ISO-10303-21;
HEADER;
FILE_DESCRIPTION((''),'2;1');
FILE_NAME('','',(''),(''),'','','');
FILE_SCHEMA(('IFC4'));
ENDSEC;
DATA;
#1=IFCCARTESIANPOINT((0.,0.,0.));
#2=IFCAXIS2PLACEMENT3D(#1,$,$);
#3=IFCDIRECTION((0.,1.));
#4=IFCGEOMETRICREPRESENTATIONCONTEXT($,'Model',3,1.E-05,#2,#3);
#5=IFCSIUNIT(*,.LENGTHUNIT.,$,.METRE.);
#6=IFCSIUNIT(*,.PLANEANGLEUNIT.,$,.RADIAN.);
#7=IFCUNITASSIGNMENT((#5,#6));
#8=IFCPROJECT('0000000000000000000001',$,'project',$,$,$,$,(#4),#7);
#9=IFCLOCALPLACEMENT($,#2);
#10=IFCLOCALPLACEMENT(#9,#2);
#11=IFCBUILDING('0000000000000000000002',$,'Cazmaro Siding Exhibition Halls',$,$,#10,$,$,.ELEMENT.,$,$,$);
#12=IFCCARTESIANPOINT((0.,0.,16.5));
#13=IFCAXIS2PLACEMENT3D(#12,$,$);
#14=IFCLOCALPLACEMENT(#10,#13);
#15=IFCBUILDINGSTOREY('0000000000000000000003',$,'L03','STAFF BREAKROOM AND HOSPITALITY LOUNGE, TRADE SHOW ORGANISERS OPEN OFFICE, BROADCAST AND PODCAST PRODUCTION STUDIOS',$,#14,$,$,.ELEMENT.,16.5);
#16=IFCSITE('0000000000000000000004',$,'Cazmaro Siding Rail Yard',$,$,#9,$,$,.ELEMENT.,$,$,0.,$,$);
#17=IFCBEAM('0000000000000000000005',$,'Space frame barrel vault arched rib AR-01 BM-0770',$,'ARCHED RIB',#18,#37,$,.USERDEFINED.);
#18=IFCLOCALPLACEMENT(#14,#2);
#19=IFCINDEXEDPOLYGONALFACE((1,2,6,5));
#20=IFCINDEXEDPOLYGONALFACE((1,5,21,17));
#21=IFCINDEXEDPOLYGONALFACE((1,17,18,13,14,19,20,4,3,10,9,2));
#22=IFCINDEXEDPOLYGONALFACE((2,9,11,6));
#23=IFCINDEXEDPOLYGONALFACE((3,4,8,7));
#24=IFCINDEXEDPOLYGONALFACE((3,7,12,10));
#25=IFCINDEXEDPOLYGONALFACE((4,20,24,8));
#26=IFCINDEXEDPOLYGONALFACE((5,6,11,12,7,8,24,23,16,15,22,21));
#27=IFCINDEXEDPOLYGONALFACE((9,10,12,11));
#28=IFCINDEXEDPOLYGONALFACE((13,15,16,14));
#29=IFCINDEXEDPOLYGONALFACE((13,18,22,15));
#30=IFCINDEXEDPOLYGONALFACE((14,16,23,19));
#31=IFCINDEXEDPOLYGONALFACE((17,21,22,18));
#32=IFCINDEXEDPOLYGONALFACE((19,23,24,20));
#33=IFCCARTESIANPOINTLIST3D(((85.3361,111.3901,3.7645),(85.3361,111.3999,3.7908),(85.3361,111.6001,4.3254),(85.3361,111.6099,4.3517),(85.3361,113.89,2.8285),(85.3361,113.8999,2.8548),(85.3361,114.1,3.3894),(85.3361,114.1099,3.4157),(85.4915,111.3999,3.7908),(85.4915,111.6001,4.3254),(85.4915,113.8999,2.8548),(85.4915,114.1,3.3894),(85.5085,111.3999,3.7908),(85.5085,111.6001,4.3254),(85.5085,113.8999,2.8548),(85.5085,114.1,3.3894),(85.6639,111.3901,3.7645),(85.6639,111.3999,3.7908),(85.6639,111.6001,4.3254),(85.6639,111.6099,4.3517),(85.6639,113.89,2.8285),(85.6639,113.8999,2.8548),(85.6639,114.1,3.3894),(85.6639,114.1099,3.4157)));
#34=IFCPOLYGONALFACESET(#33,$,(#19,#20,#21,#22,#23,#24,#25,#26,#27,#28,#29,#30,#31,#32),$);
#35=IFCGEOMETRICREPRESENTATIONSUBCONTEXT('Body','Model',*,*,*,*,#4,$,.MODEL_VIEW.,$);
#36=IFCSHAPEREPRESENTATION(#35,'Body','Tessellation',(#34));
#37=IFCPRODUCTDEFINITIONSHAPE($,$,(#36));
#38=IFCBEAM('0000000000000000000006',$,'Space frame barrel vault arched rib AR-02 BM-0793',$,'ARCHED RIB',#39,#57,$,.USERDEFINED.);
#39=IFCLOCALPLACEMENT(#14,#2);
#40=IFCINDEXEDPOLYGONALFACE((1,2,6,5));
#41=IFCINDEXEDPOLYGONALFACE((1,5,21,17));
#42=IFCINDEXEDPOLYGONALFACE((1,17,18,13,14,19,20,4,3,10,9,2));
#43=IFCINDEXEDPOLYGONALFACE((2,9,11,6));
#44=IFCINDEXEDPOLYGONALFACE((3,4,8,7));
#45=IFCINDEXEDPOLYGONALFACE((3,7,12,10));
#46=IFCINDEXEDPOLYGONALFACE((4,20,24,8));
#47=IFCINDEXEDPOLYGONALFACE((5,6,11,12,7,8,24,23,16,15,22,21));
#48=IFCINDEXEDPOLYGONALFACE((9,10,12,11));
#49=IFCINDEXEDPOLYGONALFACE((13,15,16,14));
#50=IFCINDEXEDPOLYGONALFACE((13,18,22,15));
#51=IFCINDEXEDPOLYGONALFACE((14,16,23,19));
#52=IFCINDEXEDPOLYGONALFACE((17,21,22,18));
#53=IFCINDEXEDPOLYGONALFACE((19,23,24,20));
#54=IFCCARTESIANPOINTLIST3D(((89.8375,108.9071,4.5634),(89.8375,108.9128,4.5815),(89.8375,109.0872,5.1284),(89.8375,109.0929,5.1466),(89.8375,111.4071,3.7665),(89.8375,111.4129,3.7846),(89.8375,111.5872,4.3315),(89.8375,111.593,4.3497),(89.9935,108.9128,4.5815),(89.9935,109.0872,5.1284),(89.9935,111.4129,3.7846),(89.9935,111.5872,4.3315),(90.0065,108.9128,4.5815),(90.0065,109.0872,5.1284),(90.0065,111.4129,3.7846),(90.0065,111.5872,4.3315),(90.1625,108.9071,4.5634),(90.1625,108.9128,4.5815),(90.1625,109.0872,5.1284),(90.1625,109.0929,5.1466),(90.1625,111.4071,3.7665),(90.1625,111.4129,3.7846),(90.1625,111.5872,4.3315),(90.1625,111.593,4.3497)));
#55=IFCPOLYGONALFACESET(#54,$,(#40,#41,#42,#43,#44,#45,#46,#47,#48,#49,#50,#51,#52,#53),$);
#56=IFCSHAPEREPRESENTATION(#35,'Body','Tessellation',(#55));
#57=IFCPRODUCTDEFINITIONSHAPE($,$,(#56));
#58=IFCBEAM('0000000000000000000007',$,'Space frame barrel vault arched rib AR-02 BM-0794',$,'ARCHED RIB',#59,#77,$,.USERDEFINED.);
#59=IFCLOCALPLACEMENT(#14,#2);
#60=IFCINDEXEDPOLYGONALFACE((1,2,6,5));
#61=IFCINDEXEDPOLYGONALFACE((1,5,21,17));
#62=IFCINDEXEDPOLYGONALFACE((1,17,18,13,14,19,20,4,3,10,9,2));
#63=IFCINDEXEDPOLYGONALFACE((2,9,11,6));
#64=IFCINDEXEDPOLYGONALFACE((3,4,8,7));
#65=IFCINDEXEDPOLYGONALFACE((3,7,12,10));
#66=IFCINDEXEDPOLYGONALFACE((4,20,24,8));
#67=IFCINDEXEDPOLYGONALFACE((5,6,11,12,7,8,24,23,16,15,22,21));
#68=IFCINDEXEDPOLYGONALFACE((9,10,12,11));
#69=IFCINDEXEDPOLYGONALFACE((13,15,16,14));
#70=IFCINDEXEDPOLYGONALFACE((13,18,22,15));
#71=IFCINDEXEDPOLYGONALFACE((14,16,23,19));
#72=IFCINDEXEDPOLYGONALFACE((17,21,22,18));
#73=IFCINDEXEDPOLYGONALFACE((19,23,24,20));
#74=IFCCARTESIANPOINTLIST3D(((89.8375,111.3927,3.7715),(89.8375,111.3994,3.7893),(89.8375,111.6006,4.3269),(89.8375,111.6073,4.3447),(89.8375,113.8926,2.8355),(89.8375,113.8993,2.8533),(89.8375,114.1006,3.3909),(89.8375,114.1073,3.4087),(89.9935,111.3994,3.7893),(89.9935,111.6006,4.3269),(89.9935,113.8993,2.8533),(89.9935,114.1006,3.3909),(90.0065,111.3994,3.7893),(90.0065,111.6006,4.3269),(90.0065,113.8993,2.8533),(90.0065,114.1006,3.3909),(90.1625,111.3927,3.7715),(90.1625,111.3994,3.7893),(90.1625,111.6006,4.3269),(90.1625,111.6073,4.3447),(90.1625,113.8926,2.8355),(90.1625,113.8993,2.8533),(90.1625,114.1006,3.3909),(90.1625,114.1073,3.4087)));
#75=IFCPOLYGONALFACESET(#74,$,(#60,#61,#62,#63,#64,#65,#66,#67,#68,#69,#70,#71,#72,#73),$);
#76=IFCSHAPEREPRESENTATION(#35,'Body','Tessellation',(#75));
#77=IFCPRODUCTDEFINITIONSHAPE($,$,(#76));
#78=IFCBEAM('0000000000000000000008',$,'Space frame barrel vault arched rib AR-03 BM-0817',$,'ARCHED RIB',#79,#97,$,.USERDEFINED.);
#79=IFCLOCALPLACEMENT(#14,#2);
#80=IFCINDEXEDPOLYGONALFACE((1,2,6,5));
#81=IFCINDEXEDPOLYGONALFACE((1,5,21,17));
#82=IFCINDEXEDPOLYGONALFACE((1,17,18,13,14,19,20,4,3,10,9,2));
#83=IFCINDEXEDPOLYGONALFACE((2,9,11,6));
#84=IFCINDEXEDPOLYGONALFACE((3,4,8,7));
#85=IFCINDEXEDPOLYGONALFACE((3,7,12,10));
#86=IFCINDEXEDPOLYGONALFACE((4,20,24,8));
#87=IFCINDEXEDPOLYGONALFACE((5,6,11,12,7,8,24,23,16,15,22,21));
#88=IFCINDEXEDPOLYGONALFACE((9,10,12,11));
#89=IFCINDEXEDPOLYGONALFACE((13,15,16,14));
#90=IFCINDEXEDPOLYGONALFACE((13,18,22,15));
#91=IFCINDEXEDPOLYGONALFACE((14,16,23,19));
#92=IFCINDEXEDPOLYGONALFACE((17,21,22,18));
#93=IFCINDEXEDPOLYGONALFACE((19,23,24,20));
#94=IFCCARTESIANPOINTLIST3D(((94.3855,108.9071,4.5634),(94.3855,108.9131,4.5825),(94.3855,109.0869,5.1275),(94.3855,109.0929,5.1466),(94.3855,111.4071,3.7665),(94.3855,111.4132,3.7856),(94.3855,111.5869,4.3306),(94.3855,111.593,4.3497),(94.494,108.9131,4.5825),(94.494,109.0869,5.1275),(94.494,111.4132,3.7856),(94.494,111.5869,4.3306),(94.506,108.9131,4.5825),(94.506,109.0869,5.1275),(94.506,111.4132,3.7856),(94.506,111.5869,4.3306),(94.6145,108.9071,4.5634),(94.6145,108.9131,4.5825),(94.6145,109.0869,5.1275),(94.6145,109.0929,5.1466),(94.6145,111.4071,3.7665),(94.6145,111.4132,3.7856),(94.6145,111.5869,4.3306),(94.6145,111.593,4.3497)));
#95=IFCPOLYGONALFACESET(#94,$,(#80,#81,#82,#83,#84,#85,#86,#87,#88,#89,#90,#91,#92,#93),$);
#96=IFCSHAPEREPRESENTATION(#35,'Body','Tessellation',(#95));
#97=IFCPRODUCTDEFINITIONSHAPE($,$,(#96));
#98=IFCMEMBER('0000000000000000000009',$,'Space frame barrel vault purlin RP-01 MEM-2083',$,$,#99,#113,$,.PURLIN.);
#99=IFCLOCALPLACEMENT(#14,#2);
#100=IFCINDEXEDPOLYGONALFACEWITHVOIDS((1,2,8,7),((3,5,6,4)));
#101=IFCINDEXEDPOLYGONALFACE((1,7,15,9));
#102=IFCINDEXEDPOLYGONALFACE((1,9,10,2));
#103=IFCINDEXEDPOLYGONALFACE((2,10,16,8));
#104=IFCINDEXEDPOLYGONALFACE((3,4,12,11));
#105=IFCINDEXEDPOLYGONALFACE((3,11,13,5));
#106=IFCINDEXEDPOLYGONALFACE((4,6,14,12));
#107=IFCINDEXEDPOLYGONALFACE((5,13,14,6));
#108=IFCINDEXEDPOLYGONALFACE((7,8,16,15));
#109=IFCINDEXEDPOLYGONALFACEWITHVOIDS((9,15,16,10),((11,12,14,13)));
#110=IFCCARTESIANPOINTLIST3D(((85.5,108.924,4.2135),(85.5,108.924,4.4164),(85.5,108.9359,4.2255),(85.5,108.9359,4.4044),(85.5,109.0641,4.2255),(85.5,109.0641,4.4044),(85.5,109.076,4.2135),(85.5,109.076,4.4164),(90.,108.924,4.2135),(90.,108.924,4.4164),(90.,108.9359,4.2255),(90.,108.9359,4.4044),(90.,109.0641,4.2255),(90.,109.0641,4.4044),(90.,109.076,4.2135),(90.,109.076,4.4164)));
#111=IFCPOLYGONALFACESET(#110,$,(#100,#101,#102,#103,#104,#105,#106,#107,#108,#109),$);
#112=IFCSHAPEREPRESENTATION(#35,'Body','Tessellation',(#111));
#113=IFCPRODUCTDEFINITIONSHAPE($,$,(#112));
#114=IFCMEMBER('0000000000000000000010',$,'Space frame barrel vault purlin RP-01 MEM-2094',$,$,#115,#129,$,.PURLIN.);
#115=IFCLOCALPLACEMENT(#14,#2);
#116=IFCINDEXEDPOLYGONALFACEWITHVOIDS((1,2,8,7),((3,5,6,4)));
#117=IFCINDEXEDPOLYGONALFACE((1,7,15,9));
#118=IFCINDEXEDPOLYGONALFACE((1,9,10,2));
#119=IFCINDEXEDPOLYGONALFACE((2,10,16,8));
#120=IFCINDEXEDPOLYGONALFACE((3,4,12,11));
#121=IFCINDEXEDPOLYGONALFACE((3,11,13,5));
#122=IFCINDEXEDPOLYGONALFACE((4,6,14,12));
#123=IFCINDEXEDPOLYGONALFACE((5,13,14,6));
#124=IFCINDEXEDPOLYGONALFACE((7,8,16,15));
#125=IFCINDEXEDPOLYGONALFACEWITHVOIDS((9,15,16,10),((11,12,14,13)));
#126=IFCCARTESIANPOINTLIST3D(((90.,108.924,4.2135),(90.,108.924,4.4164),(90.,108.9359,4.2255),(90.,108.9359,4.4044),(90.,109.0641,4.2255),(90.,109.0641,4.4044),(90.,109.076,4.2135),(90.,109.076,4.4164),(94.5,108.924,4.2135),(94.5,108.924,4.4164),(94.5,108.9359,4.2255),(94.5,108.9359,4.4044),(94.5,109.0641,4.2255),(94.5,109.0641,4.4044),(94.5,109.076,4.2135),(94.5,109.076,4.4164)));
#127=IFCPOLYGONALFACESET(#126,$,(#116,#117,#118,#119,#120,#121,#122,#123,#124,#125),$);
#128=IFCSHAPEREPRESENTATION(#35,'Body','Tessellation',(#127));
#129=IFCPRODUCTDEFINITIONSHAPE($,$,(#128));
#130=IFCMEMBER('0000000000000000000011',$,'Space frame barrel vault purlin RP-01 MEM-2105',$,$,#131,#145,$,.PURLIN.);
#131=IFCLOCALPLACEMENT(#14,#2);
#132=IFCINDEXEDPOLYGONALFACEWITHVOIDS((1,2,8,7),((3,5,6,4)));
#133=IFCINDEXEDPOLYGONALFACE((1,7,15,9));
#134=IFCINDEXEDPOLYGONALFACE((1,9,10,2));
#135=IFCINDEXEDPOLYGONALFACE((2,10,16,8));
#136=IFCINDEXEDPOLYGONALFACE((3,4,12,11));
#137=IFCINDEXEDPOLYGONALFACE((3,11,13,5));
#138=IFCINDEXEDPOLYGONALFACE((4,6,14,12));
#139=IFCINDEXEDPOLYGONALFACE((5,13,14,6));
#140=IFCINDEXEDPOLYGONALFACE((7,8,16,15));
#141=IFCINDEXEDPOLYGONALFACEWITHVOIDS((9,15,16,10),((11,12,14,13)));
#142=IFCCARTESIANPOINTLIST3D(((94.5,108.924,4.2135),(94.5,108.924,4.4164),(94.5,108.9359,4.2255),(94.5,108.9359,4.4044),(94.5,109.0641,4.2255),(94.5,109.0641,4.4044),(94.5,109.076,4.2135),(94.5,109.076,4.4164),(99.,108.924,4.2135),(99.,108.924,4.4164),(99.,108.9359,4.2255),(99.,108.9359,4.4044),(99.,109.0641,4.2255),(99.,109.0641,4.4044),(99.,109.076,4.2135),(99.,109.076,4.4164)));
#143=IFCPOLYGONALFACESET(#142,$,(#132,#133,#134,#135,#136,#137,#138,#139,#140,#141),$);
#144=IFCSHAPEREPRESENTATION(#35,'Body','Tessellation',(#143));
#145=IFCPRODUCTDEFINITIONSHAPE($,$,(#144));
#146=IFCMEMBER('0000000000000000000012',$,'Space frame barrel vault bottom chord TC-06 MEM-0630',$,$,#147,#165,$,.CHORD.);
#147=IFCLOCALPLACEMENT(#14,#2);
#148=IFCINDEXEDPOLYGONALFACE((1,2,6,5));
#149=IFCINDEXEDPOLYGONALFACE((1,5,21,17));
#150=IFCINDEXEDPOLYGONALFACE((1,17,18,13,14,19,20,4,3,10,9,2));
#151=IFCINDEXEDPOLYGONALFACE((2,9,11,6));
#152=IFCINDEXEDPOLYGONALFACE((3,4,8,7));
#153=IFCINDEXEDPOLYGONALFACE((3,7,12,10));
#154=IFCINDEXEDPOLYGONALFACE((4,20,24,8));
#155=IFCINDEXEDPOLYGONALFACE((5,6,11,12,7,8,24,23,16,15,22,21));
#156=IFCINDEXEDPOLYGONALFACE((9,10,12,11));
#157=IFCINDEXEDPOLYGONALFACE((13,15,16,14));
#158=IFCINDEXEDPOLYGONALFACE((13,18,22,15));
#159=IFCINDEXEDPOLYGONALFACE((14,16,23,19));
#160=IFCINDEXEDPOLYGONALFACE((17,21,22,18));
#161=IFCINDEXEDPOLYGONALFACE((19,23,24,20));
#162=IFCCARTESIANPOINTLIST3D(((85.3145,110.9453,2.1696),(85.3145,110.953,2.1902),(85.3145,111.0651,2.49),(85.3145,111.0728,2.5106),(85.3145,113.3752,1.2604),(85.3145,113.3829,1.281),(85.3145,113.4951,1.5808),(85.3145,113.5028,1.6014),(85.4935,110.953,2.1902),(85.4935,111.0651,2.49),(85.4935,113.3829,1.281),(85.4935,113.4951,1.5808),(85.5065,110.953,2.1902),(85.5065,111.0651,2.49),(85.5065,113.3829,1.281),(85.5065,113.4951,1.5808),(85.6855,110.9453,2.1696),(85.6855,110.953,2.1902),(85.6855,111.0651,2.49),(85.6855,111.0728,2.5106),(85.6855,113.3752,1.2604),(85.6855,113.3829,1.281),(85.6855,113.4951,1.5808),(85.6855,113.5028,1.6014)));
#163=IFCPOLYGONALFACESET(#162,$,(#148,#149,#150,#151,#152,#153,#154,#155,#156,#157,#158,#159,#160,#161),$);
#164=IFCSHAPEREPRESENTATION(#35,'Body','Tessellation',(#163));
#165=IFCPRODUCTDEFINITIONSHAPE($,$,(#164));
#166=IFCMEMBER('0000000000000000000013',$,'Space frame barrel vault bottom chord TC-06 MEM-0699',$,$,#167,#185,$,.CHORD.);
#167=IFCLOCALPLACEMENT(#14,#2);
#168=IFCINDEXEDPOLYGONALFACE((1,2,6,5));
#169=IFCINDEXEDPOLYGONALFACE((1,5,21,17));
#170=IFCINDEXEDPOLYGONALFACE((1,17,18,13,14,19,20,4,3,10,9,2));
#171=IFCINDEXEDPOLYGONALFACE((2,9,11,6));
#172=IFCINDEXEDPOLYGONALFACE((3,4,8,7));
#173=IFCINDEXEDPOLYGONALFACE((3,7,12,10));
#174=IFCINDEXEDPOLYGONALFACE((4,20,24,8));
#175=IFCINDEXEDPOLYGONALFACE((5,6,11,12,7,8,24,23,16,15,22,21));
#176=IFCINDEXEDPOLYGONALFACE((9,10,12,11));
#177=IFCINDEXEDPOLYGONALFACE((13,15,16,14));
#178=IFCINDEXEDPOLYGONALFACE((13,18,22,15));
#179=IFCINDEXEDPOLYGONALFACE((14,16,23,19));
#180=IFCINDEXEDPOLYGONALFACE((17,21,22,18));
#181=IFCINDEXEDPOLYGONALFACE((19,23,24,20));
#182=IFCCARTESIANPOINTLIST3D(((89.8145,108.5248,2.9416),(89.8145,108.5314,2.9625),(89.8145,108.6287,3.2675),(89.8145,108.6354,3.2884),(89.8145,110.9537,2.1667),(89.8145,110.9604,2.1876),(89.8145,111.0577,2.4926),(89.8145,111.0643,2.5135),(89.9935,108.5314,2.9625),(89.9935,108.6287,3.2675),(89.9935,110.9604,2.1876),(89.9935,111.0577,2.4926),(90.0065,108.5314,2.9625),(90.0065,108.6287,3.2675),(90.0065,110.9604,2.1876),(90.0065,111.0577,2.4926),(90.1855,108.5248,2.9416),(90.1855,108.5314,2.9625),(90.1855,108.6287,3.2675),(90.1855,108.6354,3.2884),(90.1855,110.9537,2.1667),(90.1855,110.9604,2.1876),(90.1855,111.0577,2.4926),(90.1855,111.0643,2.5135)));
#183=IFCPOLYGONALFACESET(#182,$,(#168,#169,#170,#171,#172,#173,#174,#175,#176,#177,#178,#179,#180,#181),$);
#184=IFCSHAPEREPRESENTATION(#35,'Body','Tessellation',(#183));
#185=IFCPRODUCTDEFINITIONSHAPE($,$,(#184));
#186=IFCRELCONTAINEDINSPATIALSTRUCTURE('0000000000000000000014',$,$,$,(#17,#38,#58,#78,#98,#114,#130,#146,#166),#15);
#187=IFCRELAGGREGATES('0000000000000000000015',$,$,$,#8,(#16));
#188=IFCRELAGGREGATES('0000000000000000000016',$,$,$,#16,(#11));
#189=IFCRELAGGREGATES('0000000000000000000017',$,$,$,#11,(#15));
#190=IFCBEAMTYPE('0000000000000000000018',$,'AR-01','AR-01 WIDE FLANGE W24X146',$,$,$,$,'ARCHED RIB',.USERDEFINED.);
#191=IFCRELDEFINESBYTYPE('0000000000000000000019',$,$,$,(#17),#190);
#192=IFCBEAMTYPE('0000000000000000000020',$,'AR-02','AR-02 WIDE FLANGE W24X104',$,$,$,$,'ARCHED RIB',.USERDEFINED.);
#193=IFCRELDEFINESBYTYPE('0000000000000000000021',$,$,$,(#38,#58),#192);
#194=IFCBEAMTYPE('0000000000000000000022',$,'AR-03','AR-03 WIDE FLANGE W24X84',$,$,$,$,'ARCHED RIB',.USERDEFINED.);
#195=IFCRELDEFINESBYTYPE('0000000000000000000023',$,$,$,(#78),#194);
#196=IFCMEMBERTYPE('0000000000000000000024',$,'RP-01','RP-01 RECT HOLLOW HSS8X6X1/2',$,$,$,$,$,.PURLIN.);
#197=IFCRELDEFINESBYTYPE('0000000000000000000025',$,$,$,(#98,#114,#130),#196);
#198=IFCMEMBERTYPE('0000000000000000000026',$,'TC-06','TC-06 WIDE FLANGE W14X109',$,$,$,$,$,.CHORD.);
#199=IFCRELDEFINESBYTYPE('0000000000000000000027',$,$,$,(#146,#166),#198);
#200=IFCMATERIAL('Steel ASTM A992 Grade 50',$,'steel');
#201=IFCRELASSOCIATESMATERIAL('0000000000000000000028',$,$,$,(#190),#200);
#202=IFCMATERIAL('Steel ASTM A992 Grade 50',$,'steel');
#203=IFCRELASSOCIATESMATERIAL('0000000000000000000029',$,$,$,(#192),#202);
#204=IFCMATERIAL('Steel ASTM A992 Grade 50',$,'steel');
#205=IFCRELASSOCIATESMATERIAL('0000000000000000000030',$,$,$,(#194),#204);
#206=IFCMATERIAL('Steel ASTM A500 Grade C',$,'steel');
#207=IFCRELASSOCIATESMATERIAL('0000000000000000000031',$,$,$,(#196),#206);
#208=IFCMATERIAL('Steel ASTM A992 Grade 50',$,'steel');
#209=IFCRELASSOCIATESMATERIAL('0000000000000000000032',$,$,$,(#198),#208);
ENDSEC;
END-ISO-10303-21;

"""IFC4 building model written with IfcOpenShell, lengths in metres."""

from ifc_helpers import new_model, si_unit, direction, frame, origin, origin_2d, place, context, subcontext, project, spatial, hollow_rectangle, i_section, extrude, material, material_profile, profile_set, type_object, element, save


model = new_model("IFC4")

# Units and contexts
model_context = context("Model", 3, precision=1e-05, world=origin(), true_north=direction((0.0, 1.0)))
body_context = subcontext(model_context, "Body", "Model", "MODEL_VIEW")
ifc_project = project(units=[si_unit("LENGTHUNIT", "METRE"), si_unit("PLANEANGLEUNIT", "RADIAN")], contexts=[model_context])

# Site, building, storey
site_placement = place(None, origin())
site = spatial("IfcSite", under=ifc_project, at=site_placement, Name="Cazmaro Siding Rail Yard", CompositionType="ELEMENT", RefElevation=0.0)
building_placement = place(site_placement, origin())
building = spatial("IfcBuilding", under=site, at=building_placement, Name="Cazmaro Siding Exhibition Halls", CompositionType="ELEMENT")
storey_placement = place(building_placement, frame((0.0, 0.0, 16.5)))
storey = spatial("IfcBuildingStorey", under=building, at=storey_placement, Name="L03", Description="STAFF BREAKROOM AND HOSPITALITY LOUNGE, TRADE SHOW ORGANISERS OPEN OFFICE, BROADCAST AND PODCAST PRODUCTION STUDIOS", CompositionType="ELEMENT", Elevation=16.5)

# Beams
ifc_material_1 = material(Name="Steel ASTM A992 Grade 50", Category="steel")
ifc_material_profile_1 = material_profile(ifc_material_1, i_section(OverallWidth=0.3279, OverallDepth=0.627, WebThickness=0.0171, FlangeThickness=0.0281, at=origin_2d()), Name="W24X146")
ifc_profile_set_1 = profile_set([ifc_material_profile_1], Name="Steel ASTM A992 Grade 50")
beam_type_1 = type_object("IfcBeamType", Name="AR-01", Description="AR-01 WIDE FLANGE W24X146", ElementType="ARCHED RIB", PredefinedType="USERDEFINED", material=ifc_profile_set_1)
beam_1_placement = place(storey_placement, frame((85.5, 111.5, 4.0581), z_axis=(0.0, 0.936509, -0.350642), x_axis=(-1.0, 0.0, 0.0)))
element("IfcBeam", 1, at=beam_1_placement, inside=storey, type_object=beam_type_1, Name="Space frame barrel vault arched rib AR-01 BM-0770", ObjectType="ARCHED RIB", PredefinedType="USERDEFINED", context=body_context, shape_type="SweptSolid", body=[
    extrude(i_section(OverallWidth=0.3279, OverallDepth=0.627, WebThickness=0.0171, FlangeThickness=0.0281, at=origin_2d()), origin(), (0.0, 0.0, 1.0), 2.6694),
])
ifc_material_2 = material(Name="Steel ASTM A992 Grade 50", Category="steel")
ifc_material_profile_2 = material_profile(ifc_material_2, i_section(OverallWidth=0.325, OverallDepth=0.6121, WebThickness=0.0129, FlangeThickness=0.019, at=origin_2d()), Name="W24X104")
ifc_profile_set_2 = profile_set([ifc_material_profile_2], Name="Steel ASTM A992 Grade 50")
beam_type_2 = type_object("IfcBeamType", Name="AR-02", Description="AR-02 WIDE FLANGE W24X104", ElementType="ARCHED RIB", PredefinedType="USERDEFINED", material=ifc_profile_set_2)
beam_2_placement = place(storey_placement, frame((90.0, 109.0, 4.855), z_axis=(0.0, 0.952769, -0.303695), x_axis=(-1.0, 0.0, 0.0)))
element("IfcBeam", 2, at=beam_2_placement, inside=storey, type_object=beam_type_2, Name="Space frame barrel vault arched rib AR-02 BM-0793", ObjectType="ARCHED RIB", PredefinedType="USERDEFINED", context=body_context, shape_type="SweptSolid", body=[
    extrude(i_section(OverallWidth=0.325, OverallDepth=0.6121, WebThickness=0.0129, FlangeThickness=0.019, at=origin_2d()), origin(), (0.0, 0.0, 1.0), 2.624),
])
beam_3_placement = place(storey_placement, frame((90.0, 111.5, 4.0581), z_axis=(0.0, 0.936509, -0.350642), x_axis=(-1.0, 0.0, 0.0)))
element("IfcBeam", 3, at=beam_3_placement, inside=storey, type_object=beam_type_2, Name="Space frame barrel vault arched rib AR-02 BM-0794", ObjectType="ARCHED RIB", PredefinedType="USERDEFINED", context=body_context, shape_type="SweptSolid", body=[
    extrude(i_section(OverallWidth=0.325, OverallDepth=0.6121, WebThickness=0.0129, FlangeThickness=0.019, at=origin_2d()), origin(), (0.0, 0.0, 1.0), 2.6694),
])
ifc_material_3 = material(Name="Steel ASTM A992 Grade 50", Category="steel")
ifc_material_profile_3 = material_profile(ifc_material_3, i_section(OverallWidth=0.229, OverallDepth=0.6121, WebThickness=0.012, FlangeThickness=0.02, at=origin_2d()), Name="W24X84")
ifc_profile_set_3 = profile_set([ifc_material_profile_3], Name="Steel ASTM A992 Grade 50")
beam_type_3 = type_object("IfcBeamType", Name="AR-03", Description="AR-03 WIDE FLANGE W24X84", ElementType="ARCHED RIB", PredefinedType="USERDEFINED", material=ifc_profile_set_3)
beam_4_placement = place(storey_placement, frame((94.5, 109.0, 4.855), z_axis=(0.0, 0.952769, -0.303695), x_axis=(-1.0, 0.0, 0.0)))
element("IfcBeam", 4, at=beam_4_placement, inside=storey, type_object=beam_type_3, Name="Space frame barrel vault arched rib AR-03 BM-0817", ObjectType="ARCHED RIB", PredefinedType="USERDEFINED", context=body_context, shape_type="SweptSolid", body=[
    extrude(i_section(OverallWidth=0.229, OverallDepth=0.6121, WebThickness=0.012, FlangeThickness=0.02, at=origin_2d()), origin(), (0.0, 0.0, 1.0), 2.624),
])

# Members
ifc_material_4 = material(Name="Steel ASTM A500 Grade C", Category="steel")
ifc_material_profile_4 = material_profile(ifc_material_4, hollow_rectangle(XDim=0.1521, YDim=0.2029, WallThickness=0.012, at=origin_2d()), Name="HSS8X6X1/2")
ifc_profile_set_4 = profile_set([ifc_material_profile_4], Name="Steel ASTM A500 Grade C")
member_type_1 = type_object("IfcMemberType", Name="RP-01", Description="RP-01 RECT HOLLOW HSS8X6X1/2", PredefinedType="PURLIN", material=ifc_profile_set_4)
for number, where, z_axis, x_axis, name in (
    (5, (85.5, 109.0, 4.3149), (1.0, 0.0, 0.0), (0.0, 1.0, 0.0), "Space frame barrel vault purlin RP-01 MEM-2083"),
    (6, (90.0, 109.0, 4.3149), (1.0, 0.0, 0.0), (0.0, 1.0, 0.0), "Space frame barrel vault purlin RP-01 MEM-2094"),
    (7, (94.5, 109.0, 4.3149), (1.0, 0.0, 0.0), (0.0, 1.0, 0.0), "Space frame barrel vault purlin RP-01 MEM-2105"),
):
    element("IfcMember", number, at=place(storey_placement, frame(where, z_axis=z_axis, x_axis=x_axis)), inside=storey, type_object=member_type_1, Name=name, PredefinedType="PURLIN", context=body_context, shape_type="SweptSolid", body=[
        extrude(hollow_rectangle(XDim=0.1521, YDim=0.2029, WallThickness=0.012, at=origin_2d()), origin(), (0.0, 0.0, 1.0), 4.5),
    ])
ifc_material_5 = material(Name="Steel ASTM A992 Grade 50", Category="steel")
ifc_material_profile_5 = material_profile(ifc_material_5, i_section(OverallWidth=0.3711, OverallDepth=0.364, WebThickness=0.0129, FlangeThickness=0.022, at=origin_2d()), Name="W14X109")
ifc_profile_set_5 = profile_set([ifc_material_profile_5], Name="Steel ASTM A992 Grade 50")
member_type_2 = type_object("IfcMemberType", Name="TC-06", Description="TC-06 WIDE FLANGE W14X109", PredefinedType="CHORD", material=ifc_profile_set_5)
member_1_placement = place(storey_placement, frame((85.5, 111.009, 2.3401), z_axis=(0.0, 0.936588, -0.350432), x_axis=(-1.0, 0.0, 0.0)))
element("IfcMember", 8, at=member_1_placement, inside=storey, type_object=member_type_2, Name="Space frame barrel vault bottom chord TC-06 MEM-0630", PredefinedType="CHORD", context=body_context, shape_type="SweptSolid", body=[
    extrude(i_section(OverallWidth=0.3711, OverallDepth=0.364, WebThickness=0.0129, FlangeThickness=0.022, at=origin_2d()), origin(), (0.0, 0.0, 1.0), 2.5945),
])
member_2_placement = place(storey_placement, frame((90.0, 108.5801, 3.115), z_axis=(0.0, 0.952693, -0.303935), x_axis=(-1.0, 0.0, 0.0)))
element("IfcMember", 9, at=member_2_placement, inside=storey, type_object=member_type_2, Name="Space frame barrel vault bottom chord TC-06 MEM-0699", PredefinedType="CHORD", context=body_context, shape_type="SweptSolid", body=[
    extrude(i_section(OverallWidth=0.3711, OverallDepth=0.364, WebThickness=0.0129, FlangeThickness=0.022, at=origin_2d()), origin(), (0.0, 0.0, 1.0), 2.5496),
])

save(model, "model.ifc")
